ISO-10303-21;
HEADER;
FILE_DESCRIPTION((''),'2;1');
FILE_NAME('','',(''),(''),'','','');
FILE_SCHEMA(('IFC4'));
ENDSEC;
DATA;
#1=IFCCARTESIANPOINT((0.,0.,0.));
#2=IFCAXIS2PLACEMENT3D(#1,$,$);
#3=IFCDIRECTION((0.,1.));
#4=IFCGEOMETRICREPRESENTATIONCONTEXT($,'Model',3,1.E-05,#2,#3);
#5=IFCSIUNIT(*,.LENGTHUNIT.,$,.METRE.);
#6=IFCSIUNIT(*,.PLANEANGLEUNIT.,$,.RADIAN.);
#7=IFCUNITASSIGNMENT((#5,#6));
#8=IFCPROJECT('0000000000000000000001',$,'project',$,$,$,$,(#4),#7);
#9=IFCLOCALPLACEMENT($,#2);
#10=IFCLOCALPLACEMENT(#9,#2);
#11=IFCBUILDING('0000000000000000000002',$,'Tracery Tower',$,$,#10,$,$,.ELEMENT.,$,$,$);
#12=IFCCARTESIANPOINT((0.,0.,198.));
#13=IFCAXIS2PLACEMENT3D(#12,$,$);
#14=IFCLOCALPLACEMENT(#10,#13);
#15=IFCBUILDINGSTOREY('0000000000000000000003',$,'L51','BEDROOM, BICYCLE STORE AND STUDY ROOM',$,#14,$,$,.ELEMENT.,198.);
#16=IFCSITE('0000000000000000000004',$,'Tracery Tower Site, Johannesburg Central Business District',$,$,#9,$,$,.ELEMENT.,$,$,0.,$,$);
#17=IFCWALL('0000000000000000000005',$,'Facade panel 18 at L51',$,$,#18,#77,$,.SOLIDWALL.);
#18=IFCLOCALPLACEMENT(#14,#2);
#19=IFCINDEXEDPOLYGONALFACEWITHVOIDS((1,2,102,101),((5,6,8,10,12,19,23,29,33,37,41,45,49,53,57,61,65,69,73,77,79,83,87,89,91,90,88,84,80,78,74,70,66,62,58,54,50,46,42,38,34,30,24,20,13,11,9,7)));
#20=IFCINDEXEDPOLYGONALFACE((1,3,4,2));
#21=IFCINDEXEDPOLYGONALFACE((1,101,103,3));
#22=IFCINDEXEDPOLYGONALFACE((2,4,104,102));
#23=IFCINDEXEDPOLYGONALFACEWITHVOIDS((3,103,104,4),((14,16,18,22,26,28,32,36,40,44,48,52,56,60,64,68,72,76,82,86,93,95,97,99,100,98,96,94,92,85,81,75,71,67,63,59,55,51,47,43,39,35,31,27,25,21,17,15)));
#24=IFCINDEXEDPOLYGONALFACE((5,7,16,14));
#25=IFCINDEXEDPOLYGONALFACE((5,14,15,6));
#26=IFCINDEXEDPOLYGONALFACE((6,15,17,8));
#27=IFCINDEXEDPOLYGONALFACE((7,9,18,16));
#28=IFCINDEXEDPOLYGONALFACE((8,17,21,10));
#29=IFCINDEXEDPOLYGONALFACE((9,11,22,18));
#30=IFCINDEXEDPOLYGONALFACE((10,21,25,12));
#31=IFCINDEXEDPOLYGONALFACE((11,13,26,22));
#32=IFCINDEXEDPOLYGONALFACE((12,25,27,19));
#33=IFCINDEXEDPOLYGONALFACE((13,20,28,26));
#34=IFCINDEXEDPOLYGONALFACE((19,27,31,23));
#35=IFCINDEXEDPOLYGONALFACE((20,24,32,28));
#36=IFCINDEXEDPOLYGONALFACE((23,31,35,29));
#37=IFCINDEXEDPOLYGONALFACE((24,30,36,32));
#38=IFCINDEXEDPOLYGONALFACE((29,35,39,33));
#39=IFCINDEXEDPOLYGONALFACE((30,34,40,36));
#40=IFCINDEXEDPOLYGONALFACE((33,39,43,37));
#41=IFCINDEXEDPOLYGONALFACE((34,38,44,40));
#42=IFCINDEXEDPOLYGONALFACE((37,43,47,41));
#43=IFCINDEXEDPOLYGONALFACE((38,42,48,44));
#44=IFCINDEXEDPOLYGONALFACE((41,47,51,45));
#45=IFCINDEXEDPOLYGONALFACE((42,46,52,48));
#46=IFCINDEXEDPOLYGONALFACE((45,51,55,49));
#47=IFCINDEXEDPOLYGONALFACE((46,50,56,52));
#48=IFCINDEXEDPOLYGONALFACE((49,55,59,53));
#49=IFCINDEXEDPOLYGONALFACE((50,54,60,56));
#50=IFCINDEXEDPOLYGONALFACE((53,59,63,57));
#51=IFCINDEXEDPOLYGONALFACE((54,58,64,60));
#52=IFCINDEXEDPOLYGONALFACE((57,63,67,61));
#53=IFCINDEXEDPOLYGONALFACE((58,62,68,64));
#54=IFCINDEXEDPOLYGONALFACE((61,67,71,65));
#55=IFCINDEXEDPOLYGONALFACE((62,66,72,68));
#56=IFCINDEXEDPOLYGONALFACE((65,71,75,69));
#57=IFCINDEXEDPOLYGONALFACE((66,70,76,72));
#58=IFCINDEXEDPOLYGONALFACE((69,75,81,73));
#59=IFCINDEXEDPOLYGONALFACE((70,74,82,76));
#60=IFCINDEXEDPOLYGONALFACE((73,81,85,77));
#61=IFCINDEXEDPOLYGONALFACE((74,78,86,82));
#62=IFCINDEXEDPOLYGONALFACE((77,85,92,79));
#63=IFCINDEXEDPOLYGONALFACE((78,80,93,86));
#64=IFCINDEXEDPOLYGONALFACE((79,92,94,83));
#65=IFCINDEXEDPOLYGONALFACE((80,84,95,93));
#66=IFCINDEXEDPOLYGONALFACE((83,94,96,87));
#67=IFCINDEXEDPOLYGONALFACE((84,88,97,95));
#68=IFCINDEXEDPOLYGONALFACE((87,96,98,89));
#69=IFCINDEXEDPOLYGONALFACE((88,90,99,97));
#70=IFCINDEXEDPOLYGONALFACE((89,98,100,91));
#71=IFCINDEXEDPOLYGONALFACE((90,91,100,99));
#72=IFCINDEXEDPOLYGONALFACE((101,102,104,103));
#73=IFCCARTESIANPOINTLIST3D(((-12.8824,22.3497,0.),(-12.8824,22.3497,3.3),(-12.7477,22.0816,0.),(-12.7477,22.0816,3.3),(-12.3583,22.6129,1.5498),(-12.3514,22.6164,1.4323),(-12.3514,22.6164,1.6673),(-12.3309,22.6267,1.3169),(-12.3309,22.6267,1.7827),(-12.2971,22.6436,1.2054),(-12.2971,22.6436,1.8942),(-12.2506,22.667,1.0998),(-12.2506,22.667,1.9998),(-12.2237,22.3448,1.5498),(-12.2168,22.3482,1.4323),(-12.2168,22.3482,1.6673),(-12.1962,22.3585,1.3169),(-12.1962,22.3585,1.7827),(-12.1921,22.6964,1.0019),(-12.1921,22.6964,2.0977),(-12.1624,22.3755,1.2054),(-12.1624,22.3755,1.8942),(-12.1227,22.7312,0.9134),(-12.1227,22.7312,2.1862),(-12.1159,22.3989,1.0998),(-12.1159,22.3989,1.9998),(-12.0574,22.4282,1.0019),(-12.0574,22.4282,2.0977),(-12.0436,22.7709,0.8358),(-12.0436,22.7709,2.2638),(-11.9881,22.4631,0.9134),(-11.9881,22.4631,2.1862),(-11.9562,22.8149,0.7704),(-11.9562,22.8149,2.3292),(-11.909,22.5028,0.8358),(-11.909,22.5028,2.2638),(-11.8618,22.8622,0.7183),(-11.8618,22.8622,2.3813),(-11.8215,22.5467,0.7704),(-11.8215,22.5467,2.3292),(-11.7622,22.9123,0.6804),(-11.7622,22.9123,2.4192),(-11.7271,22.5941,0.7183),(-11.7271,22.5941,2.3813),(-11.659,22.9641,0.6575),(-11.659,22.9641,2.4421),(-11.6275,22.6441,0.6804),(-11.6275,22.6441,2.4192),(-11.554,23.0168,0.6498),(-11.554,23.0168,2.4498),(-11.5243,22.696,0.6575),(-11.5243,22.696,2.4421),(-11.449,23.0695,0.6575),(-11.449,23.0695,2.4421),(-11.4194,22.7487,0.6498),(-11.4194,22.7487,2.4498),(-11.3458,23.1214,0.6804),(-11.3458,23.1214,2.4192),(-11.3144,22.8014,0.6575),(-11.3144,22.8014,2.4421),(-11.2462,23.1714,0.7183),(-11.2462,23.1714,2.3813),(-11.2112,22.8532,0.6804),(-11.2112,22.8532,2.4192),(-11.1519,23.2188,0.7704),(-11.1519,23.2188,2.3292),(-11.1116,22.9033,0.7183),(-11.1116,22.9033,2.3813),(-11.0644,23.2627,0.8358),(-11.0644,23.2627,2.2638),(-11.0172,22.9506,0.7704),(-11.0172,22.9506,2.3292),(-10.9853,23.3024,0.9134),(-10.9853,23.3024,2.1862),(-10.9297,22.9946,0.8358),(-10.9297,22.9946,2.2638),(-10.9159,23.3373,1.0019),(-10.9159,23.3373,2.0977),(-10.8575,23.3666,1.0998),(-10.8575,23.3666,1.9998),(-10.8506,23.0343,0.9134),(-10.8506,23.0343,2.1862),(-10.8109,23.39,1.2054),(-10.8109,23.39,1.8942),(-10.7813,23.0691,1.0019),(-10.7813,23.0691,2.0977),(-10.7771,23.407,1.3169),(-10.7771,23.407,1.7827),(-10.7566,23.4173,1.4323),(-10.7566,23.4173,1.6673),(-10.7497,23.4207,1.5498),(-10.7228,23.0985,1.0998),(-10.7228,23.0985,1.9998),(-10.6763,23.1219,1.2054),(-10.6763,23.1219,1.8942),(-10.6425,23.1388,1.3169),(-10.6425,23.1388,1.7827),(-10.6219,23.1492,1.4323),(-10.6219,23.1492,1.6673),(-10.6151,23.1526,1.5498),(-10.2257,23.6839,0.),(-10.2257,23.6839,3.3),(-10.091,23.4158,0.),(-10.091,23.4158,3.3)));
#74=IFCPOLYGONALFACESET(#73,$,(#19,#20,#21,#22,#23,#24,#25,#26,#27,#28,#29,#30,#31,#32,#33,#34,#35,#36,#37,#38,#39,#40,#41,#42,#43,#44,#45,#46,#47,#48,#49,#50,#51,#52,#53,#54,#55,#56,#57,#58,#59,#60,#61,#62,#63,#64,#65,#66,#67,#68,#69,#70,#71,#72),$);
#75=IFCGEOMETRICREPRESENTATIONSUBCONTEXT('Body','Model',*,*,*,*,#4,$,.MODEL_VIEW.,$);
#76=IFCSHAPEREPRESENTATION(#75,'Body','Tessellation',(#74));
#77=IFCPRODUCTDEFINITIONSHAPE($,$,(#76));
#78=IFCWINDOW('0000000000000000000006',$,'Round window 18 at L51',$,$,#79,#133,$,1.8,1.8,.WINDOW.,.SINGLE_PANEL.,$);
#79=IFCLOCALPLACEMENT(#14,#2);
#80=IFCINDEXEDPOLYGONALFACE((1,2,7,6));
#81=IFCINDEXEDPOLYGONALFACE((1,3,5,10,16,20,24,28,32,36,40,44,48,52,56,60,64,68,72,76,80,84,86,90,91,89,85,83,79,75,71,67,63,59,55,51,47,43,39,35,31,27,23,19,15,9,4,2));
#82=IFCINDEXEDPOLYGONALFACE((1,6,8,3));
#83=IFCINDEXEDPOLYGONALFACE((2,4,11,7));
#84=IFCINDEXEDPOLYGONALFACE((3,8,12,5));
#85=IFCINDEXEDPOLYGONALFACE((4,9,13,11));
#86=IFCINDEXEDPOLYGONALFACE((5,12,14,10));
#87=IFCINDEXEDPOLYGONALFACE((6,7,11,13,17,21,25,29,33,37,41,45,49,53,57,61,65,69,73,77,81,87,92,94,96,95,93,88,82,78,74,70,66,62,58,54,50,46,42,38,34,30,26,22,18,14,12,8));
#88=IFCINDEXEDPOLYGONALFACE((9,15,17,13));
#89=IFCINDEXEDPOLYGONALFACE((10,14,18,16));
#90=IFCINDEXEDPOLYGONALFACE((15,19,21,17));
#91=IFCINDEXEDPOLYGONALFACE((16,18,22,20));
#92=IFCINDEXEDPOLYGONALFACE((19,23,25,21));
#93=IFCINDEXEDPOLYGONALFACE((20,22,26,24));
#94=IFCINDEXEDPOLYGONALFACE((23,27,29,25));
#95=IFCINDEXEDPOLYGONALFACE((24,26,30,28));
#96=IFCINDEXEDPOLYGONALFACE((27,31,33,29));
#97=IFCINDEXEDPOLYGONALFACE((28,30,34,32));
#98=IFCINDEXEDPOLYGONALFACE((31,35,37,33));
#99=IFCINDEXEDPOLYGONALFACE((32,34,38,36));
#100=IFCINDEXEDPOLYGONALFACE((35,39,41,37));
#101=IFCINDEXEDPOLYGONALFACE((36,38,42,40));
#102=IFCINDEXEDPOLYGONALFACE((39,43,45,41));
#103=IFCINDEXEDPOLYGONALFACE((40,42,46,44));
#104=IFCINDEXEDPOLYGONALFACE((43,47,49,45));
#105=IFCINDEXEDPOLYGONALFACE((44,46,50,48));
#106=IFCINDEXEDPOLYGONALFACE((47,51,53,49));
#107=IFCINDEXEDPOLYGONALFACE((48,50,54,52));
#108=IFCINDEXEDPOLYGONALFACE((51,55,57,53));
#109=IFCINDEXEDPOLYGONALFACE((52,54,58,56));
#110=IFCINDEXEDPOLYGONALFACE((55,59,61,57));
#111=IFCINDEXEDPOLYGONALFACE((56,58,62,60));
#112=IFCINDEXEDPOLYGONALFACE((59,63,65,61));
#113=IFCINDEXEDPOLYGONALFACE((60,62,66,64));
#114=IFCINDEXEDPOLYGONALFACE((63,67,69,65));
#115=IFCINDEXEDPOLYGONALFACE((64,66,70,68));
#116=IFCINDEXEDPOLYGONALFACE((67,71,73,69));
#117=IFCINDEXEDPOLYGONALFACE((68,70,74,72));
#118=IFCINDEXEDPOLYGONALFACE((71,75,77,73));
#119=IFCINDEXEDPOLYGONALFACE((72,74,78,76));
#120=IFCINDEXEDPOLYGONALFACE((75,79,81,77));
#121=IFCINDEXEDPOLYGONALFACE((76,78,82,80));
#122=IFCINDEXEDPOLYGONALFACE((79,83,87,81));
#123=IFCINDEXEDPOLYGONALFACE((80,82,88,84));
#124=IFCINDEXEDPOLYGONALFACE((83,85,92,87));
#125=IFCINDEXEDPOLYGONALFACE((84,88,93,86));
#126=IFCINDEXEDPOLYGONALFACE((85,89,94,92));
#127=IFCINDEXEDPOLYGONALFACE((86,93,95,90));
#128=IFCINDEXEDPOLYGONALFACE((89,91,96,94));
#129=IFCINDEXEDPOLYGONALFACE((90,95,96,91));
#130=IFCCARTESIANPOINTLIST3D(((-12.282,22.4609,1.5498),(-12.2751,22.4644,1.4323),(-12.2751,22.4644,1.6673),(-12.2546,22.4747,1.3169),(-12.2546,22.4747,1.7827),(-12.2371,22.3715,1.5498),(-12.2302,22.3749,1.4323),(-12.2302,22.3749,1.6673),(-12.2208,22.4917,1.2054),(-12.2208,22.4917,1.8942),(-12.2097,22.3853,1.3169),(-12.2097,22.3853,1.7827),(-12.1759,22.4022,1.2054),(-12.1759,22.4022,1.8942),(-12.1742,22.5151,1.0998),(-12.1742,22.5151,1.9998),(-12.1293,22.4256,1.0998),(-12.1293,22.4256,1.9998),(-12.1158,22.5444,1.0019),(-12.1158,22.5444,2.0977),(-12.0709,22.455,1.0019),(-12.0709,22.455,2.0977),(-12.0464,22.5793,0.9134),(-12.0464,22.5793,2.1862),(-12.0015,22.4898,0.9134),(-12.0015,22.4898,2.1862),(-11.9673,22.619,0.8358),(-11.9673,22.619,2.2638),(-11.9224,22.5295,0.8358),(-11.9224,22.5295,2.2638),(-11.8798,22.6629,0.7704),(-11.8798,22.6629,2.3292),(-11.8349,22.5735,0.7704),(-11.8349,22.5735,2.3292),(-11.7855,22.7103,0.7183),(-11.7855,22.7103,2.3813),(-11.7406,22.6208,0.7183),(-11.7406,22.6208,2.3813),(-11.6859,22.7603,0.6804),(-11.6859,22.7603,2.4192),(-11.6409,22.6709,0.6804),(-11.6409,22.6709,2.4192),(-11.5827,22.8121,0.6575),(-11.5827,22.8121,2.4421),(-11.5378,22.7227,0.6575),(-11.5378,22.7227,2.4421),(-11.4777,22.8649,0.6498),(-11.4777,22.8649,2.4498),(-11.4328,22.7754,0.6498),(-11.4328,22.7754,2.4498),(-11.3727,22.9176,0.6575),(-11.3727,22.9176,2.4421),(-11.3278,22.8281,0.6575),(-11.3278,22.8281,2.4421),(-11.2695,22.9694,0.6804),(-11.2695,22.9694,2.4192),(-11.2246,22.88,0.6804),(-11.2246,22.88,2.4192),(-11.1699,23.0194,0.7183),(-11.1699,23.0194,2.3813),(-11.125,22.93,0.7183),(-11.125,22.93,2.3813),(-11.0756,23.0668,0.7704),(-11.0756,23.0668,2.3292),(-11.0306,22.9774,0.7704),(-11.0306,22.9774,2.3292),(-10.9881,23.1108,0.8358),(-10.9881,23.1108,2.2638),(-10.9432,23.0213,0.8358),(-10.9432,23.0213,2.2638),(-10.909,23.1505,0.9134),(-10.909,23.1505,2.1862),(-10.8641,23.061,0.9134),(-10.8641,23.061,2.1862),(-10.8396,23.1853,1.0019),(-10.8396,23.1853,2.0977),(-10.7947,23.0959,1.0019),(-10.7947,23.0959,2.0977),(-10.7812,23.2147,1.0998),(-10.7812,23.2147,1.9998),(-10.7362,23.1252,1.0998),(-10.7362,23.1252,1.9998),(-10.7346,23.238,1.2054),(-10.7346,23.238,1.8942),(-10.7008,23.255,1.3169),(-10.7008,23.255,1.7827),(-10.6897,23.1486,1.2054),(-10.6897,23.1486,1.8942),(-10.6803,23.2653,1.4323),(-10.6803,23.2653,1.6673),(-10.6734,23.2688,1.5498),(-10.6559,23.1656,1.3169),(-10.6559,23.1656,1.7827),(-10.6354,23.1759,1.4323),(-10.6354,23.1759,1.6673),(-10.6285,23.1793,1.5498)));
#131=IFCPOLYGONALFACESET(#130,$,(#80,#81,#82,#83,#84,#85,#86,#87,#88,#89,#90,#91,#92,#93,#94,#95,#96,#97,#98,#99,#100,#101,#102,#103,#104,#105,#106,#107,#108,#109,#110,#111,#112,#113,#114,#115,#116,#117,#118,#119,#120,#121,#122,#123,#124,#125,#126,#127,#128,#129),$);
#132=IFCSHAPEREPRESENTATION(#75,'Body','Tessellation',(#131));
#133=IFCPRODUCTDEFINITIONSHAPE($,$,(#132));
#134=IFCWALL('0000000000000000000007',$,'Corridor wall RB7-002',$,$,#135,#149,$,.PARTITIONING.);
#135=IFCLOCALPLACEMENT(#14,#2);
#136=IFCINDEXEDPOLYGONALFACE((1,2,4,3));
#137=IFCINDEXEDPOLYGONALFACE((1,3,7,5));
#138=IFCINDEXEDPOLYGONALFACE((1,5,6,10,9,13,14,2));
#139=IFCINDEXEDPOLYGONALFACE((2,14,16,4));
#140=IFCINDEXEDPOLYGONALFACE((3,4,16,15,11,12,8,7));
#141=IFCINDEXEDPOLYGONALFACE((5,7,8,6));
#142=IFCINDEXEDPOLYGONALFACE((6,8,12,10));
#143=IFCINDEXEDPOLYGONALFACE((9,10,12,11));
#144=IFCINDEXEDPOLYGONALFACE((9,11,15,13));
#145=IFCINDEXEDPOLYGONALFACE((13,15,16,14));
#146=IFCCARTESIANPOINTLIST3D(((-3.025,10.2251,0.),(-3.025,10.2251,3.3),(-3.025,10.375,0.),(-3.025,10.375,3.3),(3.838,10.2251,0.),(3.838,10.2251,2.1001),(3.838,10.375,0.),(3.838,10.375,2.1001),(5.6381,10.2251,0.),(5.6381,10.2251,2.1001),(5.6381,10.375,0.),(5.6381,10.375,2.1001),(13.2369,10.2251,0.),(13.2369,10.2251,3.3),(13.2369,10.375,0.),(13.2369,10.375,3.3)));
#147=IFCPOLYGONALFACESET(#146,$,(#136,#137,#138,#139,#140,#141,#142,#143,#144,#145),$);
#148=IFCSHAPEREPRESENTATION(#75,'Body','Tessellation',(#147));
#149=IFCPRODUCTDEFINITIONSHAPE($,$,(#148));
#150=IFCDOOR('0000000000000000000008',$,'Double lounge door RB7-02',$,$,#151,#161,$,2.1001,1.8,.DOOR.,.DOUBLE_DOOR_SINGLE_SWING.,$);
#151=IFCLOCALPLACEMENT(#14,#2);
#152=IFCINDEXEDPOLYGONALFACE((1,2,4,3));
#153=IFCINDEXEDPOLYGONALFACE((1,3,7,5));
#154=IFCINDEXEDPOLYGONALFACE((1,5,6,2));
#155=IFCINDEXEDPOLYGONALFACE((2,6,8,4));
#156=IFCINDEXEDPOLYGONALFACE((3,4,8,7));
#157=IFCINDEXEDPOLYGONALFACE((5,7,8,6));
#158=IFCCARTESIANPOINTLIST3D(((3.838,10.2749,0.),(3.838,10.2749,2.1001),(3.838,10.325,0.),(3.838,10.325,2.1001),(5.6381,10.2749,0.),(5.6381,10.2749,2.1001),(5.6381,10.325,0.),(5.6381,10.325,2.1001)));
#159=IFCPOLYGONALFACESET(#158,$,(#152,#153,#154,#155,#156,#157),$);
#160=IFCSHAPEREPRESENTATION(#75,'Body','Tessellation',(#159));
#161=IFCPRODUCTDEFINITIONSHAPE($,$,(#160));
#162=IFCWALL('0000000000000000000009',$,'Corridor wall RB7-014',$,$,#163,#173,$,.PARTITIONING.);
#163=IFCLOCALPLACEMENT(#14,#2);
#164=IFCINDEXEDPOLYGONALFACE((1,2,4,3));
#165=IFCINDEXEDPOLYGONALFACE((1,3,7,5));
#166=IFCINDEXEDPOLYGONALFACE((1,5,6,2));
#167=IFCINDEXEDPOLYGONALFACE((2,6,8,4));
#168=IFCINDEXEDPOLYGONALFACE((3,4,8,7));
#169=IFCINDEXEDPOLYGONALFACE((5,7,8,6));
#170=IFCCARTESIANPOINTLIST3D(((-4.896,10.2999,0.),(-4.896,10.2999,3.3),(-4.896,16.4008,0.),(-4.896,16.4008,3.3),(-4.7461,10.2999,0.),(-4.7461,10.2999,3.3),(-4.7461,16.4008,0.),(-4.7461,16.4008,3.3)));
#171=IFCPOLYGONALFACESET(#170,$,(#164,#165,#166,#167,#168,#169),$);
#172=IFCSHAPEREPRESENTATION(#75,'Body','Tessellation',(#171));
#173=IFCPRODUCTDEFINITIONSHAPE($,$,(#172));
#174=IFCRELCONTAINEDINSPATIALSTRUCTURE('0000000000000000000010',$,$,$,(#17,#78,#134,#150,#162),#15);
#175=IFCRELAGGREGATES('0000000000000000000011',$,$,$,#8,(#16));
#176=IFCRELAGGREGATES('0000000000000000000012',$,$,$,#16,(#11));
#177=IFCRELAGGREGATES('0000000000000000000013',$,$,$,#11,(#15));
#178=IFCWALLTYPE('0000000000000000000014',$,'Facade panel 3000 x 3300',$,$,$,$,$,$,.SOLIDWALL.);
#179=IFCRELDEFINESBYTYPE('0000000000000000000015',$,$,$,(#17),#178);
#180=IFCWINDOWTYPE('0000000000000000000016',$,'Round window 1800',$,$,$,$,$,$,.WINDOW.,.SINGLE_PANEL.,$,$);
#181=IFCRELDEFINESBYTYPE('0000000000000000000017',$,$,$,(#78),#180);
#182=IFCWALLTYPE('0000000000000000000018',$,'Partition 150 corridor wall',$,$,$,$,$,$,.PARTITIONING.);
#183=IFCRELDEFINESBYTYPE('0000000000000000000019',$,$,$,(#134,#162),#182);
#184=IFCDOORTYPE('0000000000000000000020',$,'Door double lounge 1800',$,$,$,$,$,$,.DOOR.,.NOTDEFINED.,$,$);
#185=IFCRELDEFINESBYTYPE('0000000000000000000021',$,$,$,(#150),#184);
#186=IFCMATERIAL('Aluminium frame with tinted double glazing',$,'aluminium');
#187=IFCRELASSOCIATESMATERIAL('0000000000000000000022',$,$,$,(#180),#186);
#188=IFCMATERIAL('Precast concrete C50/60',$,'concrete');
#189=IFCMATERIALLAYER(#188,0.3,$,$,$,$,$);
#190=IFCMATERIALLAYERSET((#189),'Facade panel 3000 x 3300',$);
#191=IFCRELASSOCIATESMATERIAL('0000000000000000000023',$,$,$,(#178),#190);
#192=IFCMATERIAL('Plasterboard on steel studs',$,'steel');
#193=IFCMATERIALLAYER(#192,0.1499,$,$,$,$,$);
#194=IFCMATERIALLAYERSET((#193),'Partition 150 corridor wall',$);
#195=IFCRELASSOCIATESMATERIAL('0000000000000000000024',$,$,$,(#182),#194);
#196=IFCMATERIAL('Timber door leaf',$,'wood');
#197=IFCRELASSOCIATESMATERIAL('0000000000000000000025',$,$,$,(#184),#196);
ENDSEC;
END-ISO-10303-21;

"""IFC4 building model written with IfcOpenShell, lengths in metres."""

from ifc_helpers import new_model, si_unit, direction, frame, frame_2d, origin, origin_2d, place, context, subcontext, project, spatial, rectangle, circle, extrude, material, layer, layer_set, type_object, element, fill, save


model = new_model("IFC4")

# Units and contexts
model_context = context("Model", 3, precision=1e-05, world=origin(), true_north=direction((0.0, 1.0)))
body_context = subcontext(model_context, "Body", "Model", "MODEL_VIEW")
ifc_project = project(units=[si_unit("LENGTHUNIT", "METRE"), si_unit("PLANEANGLEUNIT", "RADIAN")], contexts=[model_context])

# Site, building, storey
site_placement = place(None, origin())
site = spatial("IfcSite", under=ifc_project, at=site_placement, Name="Tracery Tower Site, Johannesburg Central Business District", CompositionType="ELEMENT", RefElevation=0.0)
building_placement = place(site_placement, origin())
building = spatial("IfcBuilding", under=site, at=building_placement, Name="Tracery Tower", CompositionType="ELEMENT")
storey_placement = place(building_placement, frame((0.0, 0.0, 198.0)))
storey = spatial("IfcBuildingStorey", under=building, at=storey_placement, Name="L51", Description="BEDROOM, BICYCLE STORE AND STUDY ROOM", CompositionType="ELEMENT", Elevation=198.0)

# Wall, opening, window
ifc_material_1 = material(Name="Aluminium frame with tinted double glazing", Category="aluminium")
window_type = type_object("IfcWindowType", Name="Round window 1800", PartitioningType="SINGLE_PANEL", PredefinedType="WINDOW", material=ifc_material_1)
ifc_material_2 = material(Name="Precast concrete C50/60", Category="concrete")
ifc_layer_1 = layer(ifc_material_2, 0.3)
ifc_layer_set_1 = layer_set([ifc_layer_1], Name="Facade panel 3000 x 3300")
wall_type_1 = type_object("IfcWallType", Name="Facade panel 3000 x 3300", PredefinedType="SOLIDWALL", material=ifc_layer_set_1)
wall_1_placement = place(storey_placement, frame((-10.1584, 23.5498, 0.0), z_axis=(0.0, 0.0, 1.0), x_axis=(-0.893637, -0.44879, 0.0)))
wall_1 = element("IfcWall", 1, at=wall_1_placement, inside=storey, type_object=wall_type_1, Name="Facade panel 18 at L51", PredefinedType="SOLIDWALL", context=body_context, shape_type="SweptSolid", body=[
    extrude(rectangle(XDim=2.9729, YDim=0.3, at=frame_2d((1.4863, 0.0))), origin(), (0.0, 0.0, 1.0), 3.3),
])
opening_1_placement = place(wall_1_placement, frame((1.4863, 0.0, 1.5498)))
opening_1 = element("IfcOpeningElement", 2, at=opening_1_placement, cuts=wall_1, PredefinedType="OPENING", context=body_context, shape_type="SweptSolid", body=[
    extrude(circle(Radius=0.9, at=origin_2d()), frame((0.0, 0.1599, 0.0), z_axis=(0.0, -1.0, 0.0), x_axis=(1.0, 0.0, 0.0)), (0.0, 0.0, 1.0), 0.3201),
])
window_1_placement = place(opening_1_placement, origin())
window_1 = element("IfcWindow", 3, at=window_1_placement, inside=storey, type_object=window_type, Name="Round window 18 at L51", OverallHeight=1.8, OverallWidth=1.8, PartitioningType="SINGLE_PANEL", PredefinedType="WINDOW", context=body_context, shape_type="SweptSolid", body=[
    extrude(circle(Radius=0.9, at=origin_2d()), frame((0.0, 0.1201, 0.0), z_axis=(0.0, -1.0, 0.0), x_axis=(1.0, 0.0, 0.0)), (0.0, 0.0, 1.0), 0.1001),
])
fill(opening_1, window_1)

# Wall, opening, door
ifc_material_3 = material(Name="Plasterboard on steel studs", Category="steel")
ifc_layer_2 = layer(ifc_material_3, 0.1499)
ifc_layer_set_2 = layer_set([ifc_layer_2], Name="Partition 150 corridor wall")
wall_type_2 = type_object("IfcWallType", Name="Partition 150 corridor wall", PredefinedType="PARTITIONING", material=ifc_layer_set_2)
wall_2_placement = place(storey_placement, frame((-3.0249, 10.3, 0.0), z_axis=(0.0, 0.0, 1.0), x_axis=(1.0, 0.0, 0.0)))
wall_2 = element("IfcWall", 4, at=wall_2_placement, inside=storey, type_object=wall_type_2, Name="Corridor wall RB7-002", PredefinedType="PARTITIONING", context=body_context, shape_type="SweptSolid", body=[
    extrude(rectangle(XDim=16.262, YDim=0.1499, at=frame_2d((8.1309, 0.0))), origin(), (0.0, 0.0, 1.0), 3.3),
])
opening_2_placement = place(wall_2_placement, frame((6.863, 0.0, 0.0)))
opening_2 = element("IfcOpeningElement", 5, at=opening_2_placement, cuts=wall_2, PredefinedType="OPENING", context=body_context, shape_type="SweptSolid", body=[
    extrude(rectangle(XDim=1.8, YDim=2.1001, at=frame_2d((0.8999, 1.05))), frame((0.0, 0.075, 0.0), z_axis=(0.0, -1.0, 0.0), x_axis=(1.0, 0.0, 0.0)), (0.0, 0.0, 1.0), 0.1499),
])
ifc_material_4 = material(Name="Timber door leaf", Category="wood")
door_type_1 = type_object("IfcDoorType", Name="Door double lounge 1800", OperationType="NOTDEFINED", PredefinedType="DOOR", material=ifc_material_4)
door_1_placement = place(opening_2_placement, origin())
door_1 = element("IfcDoor", 6, at=door_1_placement, inside=storey, type_object=door_type_1, Name="Double lounge door RB7-02", OperationType="DOUBLE_DOOR_SINGLE_SWING", OverallHeight=2.1001, OverallWidth=1.8, PredefinedType="DOOR", context=body_context, shape_type="SweptSolid", body=[
    extrude(rectangle(XDim=1.8, YDim=2.1001, at=frame_2d((0.8999, 1.05))), frame((0.0, 0.0249, 0.0), z_axis=(0.0, -1.0, 0.0), x_axis=(1.0, 0.0, 0.0)), (0.0, 0.0, 1.0), 0.05),
])
fill(opening_2, door_1)

# Wall
wall_3_placement = place(storey_placement, frame((-4.821, 10.3, 0.0), z_axis=(0.0, 0.0, 1.0), x_axis=(0.0, 1.0, 0.0)))
element("IfcWall", 7, at=wall_3_placement, inside=storey, type_object=wall_type_2, Name="Corridor wall RB7-014", PredefinedType="PARTITIONING", context=body_context, shape_type="SweptSolid", body=[
    extrude(rectangle(XDim=6.1008, YDim=0.1499, at=frame_2d((3.0503, 0.0))), origin(), (0.0, 0.0, 1.0), 3.3),
])

save(model, "model.ifc")
